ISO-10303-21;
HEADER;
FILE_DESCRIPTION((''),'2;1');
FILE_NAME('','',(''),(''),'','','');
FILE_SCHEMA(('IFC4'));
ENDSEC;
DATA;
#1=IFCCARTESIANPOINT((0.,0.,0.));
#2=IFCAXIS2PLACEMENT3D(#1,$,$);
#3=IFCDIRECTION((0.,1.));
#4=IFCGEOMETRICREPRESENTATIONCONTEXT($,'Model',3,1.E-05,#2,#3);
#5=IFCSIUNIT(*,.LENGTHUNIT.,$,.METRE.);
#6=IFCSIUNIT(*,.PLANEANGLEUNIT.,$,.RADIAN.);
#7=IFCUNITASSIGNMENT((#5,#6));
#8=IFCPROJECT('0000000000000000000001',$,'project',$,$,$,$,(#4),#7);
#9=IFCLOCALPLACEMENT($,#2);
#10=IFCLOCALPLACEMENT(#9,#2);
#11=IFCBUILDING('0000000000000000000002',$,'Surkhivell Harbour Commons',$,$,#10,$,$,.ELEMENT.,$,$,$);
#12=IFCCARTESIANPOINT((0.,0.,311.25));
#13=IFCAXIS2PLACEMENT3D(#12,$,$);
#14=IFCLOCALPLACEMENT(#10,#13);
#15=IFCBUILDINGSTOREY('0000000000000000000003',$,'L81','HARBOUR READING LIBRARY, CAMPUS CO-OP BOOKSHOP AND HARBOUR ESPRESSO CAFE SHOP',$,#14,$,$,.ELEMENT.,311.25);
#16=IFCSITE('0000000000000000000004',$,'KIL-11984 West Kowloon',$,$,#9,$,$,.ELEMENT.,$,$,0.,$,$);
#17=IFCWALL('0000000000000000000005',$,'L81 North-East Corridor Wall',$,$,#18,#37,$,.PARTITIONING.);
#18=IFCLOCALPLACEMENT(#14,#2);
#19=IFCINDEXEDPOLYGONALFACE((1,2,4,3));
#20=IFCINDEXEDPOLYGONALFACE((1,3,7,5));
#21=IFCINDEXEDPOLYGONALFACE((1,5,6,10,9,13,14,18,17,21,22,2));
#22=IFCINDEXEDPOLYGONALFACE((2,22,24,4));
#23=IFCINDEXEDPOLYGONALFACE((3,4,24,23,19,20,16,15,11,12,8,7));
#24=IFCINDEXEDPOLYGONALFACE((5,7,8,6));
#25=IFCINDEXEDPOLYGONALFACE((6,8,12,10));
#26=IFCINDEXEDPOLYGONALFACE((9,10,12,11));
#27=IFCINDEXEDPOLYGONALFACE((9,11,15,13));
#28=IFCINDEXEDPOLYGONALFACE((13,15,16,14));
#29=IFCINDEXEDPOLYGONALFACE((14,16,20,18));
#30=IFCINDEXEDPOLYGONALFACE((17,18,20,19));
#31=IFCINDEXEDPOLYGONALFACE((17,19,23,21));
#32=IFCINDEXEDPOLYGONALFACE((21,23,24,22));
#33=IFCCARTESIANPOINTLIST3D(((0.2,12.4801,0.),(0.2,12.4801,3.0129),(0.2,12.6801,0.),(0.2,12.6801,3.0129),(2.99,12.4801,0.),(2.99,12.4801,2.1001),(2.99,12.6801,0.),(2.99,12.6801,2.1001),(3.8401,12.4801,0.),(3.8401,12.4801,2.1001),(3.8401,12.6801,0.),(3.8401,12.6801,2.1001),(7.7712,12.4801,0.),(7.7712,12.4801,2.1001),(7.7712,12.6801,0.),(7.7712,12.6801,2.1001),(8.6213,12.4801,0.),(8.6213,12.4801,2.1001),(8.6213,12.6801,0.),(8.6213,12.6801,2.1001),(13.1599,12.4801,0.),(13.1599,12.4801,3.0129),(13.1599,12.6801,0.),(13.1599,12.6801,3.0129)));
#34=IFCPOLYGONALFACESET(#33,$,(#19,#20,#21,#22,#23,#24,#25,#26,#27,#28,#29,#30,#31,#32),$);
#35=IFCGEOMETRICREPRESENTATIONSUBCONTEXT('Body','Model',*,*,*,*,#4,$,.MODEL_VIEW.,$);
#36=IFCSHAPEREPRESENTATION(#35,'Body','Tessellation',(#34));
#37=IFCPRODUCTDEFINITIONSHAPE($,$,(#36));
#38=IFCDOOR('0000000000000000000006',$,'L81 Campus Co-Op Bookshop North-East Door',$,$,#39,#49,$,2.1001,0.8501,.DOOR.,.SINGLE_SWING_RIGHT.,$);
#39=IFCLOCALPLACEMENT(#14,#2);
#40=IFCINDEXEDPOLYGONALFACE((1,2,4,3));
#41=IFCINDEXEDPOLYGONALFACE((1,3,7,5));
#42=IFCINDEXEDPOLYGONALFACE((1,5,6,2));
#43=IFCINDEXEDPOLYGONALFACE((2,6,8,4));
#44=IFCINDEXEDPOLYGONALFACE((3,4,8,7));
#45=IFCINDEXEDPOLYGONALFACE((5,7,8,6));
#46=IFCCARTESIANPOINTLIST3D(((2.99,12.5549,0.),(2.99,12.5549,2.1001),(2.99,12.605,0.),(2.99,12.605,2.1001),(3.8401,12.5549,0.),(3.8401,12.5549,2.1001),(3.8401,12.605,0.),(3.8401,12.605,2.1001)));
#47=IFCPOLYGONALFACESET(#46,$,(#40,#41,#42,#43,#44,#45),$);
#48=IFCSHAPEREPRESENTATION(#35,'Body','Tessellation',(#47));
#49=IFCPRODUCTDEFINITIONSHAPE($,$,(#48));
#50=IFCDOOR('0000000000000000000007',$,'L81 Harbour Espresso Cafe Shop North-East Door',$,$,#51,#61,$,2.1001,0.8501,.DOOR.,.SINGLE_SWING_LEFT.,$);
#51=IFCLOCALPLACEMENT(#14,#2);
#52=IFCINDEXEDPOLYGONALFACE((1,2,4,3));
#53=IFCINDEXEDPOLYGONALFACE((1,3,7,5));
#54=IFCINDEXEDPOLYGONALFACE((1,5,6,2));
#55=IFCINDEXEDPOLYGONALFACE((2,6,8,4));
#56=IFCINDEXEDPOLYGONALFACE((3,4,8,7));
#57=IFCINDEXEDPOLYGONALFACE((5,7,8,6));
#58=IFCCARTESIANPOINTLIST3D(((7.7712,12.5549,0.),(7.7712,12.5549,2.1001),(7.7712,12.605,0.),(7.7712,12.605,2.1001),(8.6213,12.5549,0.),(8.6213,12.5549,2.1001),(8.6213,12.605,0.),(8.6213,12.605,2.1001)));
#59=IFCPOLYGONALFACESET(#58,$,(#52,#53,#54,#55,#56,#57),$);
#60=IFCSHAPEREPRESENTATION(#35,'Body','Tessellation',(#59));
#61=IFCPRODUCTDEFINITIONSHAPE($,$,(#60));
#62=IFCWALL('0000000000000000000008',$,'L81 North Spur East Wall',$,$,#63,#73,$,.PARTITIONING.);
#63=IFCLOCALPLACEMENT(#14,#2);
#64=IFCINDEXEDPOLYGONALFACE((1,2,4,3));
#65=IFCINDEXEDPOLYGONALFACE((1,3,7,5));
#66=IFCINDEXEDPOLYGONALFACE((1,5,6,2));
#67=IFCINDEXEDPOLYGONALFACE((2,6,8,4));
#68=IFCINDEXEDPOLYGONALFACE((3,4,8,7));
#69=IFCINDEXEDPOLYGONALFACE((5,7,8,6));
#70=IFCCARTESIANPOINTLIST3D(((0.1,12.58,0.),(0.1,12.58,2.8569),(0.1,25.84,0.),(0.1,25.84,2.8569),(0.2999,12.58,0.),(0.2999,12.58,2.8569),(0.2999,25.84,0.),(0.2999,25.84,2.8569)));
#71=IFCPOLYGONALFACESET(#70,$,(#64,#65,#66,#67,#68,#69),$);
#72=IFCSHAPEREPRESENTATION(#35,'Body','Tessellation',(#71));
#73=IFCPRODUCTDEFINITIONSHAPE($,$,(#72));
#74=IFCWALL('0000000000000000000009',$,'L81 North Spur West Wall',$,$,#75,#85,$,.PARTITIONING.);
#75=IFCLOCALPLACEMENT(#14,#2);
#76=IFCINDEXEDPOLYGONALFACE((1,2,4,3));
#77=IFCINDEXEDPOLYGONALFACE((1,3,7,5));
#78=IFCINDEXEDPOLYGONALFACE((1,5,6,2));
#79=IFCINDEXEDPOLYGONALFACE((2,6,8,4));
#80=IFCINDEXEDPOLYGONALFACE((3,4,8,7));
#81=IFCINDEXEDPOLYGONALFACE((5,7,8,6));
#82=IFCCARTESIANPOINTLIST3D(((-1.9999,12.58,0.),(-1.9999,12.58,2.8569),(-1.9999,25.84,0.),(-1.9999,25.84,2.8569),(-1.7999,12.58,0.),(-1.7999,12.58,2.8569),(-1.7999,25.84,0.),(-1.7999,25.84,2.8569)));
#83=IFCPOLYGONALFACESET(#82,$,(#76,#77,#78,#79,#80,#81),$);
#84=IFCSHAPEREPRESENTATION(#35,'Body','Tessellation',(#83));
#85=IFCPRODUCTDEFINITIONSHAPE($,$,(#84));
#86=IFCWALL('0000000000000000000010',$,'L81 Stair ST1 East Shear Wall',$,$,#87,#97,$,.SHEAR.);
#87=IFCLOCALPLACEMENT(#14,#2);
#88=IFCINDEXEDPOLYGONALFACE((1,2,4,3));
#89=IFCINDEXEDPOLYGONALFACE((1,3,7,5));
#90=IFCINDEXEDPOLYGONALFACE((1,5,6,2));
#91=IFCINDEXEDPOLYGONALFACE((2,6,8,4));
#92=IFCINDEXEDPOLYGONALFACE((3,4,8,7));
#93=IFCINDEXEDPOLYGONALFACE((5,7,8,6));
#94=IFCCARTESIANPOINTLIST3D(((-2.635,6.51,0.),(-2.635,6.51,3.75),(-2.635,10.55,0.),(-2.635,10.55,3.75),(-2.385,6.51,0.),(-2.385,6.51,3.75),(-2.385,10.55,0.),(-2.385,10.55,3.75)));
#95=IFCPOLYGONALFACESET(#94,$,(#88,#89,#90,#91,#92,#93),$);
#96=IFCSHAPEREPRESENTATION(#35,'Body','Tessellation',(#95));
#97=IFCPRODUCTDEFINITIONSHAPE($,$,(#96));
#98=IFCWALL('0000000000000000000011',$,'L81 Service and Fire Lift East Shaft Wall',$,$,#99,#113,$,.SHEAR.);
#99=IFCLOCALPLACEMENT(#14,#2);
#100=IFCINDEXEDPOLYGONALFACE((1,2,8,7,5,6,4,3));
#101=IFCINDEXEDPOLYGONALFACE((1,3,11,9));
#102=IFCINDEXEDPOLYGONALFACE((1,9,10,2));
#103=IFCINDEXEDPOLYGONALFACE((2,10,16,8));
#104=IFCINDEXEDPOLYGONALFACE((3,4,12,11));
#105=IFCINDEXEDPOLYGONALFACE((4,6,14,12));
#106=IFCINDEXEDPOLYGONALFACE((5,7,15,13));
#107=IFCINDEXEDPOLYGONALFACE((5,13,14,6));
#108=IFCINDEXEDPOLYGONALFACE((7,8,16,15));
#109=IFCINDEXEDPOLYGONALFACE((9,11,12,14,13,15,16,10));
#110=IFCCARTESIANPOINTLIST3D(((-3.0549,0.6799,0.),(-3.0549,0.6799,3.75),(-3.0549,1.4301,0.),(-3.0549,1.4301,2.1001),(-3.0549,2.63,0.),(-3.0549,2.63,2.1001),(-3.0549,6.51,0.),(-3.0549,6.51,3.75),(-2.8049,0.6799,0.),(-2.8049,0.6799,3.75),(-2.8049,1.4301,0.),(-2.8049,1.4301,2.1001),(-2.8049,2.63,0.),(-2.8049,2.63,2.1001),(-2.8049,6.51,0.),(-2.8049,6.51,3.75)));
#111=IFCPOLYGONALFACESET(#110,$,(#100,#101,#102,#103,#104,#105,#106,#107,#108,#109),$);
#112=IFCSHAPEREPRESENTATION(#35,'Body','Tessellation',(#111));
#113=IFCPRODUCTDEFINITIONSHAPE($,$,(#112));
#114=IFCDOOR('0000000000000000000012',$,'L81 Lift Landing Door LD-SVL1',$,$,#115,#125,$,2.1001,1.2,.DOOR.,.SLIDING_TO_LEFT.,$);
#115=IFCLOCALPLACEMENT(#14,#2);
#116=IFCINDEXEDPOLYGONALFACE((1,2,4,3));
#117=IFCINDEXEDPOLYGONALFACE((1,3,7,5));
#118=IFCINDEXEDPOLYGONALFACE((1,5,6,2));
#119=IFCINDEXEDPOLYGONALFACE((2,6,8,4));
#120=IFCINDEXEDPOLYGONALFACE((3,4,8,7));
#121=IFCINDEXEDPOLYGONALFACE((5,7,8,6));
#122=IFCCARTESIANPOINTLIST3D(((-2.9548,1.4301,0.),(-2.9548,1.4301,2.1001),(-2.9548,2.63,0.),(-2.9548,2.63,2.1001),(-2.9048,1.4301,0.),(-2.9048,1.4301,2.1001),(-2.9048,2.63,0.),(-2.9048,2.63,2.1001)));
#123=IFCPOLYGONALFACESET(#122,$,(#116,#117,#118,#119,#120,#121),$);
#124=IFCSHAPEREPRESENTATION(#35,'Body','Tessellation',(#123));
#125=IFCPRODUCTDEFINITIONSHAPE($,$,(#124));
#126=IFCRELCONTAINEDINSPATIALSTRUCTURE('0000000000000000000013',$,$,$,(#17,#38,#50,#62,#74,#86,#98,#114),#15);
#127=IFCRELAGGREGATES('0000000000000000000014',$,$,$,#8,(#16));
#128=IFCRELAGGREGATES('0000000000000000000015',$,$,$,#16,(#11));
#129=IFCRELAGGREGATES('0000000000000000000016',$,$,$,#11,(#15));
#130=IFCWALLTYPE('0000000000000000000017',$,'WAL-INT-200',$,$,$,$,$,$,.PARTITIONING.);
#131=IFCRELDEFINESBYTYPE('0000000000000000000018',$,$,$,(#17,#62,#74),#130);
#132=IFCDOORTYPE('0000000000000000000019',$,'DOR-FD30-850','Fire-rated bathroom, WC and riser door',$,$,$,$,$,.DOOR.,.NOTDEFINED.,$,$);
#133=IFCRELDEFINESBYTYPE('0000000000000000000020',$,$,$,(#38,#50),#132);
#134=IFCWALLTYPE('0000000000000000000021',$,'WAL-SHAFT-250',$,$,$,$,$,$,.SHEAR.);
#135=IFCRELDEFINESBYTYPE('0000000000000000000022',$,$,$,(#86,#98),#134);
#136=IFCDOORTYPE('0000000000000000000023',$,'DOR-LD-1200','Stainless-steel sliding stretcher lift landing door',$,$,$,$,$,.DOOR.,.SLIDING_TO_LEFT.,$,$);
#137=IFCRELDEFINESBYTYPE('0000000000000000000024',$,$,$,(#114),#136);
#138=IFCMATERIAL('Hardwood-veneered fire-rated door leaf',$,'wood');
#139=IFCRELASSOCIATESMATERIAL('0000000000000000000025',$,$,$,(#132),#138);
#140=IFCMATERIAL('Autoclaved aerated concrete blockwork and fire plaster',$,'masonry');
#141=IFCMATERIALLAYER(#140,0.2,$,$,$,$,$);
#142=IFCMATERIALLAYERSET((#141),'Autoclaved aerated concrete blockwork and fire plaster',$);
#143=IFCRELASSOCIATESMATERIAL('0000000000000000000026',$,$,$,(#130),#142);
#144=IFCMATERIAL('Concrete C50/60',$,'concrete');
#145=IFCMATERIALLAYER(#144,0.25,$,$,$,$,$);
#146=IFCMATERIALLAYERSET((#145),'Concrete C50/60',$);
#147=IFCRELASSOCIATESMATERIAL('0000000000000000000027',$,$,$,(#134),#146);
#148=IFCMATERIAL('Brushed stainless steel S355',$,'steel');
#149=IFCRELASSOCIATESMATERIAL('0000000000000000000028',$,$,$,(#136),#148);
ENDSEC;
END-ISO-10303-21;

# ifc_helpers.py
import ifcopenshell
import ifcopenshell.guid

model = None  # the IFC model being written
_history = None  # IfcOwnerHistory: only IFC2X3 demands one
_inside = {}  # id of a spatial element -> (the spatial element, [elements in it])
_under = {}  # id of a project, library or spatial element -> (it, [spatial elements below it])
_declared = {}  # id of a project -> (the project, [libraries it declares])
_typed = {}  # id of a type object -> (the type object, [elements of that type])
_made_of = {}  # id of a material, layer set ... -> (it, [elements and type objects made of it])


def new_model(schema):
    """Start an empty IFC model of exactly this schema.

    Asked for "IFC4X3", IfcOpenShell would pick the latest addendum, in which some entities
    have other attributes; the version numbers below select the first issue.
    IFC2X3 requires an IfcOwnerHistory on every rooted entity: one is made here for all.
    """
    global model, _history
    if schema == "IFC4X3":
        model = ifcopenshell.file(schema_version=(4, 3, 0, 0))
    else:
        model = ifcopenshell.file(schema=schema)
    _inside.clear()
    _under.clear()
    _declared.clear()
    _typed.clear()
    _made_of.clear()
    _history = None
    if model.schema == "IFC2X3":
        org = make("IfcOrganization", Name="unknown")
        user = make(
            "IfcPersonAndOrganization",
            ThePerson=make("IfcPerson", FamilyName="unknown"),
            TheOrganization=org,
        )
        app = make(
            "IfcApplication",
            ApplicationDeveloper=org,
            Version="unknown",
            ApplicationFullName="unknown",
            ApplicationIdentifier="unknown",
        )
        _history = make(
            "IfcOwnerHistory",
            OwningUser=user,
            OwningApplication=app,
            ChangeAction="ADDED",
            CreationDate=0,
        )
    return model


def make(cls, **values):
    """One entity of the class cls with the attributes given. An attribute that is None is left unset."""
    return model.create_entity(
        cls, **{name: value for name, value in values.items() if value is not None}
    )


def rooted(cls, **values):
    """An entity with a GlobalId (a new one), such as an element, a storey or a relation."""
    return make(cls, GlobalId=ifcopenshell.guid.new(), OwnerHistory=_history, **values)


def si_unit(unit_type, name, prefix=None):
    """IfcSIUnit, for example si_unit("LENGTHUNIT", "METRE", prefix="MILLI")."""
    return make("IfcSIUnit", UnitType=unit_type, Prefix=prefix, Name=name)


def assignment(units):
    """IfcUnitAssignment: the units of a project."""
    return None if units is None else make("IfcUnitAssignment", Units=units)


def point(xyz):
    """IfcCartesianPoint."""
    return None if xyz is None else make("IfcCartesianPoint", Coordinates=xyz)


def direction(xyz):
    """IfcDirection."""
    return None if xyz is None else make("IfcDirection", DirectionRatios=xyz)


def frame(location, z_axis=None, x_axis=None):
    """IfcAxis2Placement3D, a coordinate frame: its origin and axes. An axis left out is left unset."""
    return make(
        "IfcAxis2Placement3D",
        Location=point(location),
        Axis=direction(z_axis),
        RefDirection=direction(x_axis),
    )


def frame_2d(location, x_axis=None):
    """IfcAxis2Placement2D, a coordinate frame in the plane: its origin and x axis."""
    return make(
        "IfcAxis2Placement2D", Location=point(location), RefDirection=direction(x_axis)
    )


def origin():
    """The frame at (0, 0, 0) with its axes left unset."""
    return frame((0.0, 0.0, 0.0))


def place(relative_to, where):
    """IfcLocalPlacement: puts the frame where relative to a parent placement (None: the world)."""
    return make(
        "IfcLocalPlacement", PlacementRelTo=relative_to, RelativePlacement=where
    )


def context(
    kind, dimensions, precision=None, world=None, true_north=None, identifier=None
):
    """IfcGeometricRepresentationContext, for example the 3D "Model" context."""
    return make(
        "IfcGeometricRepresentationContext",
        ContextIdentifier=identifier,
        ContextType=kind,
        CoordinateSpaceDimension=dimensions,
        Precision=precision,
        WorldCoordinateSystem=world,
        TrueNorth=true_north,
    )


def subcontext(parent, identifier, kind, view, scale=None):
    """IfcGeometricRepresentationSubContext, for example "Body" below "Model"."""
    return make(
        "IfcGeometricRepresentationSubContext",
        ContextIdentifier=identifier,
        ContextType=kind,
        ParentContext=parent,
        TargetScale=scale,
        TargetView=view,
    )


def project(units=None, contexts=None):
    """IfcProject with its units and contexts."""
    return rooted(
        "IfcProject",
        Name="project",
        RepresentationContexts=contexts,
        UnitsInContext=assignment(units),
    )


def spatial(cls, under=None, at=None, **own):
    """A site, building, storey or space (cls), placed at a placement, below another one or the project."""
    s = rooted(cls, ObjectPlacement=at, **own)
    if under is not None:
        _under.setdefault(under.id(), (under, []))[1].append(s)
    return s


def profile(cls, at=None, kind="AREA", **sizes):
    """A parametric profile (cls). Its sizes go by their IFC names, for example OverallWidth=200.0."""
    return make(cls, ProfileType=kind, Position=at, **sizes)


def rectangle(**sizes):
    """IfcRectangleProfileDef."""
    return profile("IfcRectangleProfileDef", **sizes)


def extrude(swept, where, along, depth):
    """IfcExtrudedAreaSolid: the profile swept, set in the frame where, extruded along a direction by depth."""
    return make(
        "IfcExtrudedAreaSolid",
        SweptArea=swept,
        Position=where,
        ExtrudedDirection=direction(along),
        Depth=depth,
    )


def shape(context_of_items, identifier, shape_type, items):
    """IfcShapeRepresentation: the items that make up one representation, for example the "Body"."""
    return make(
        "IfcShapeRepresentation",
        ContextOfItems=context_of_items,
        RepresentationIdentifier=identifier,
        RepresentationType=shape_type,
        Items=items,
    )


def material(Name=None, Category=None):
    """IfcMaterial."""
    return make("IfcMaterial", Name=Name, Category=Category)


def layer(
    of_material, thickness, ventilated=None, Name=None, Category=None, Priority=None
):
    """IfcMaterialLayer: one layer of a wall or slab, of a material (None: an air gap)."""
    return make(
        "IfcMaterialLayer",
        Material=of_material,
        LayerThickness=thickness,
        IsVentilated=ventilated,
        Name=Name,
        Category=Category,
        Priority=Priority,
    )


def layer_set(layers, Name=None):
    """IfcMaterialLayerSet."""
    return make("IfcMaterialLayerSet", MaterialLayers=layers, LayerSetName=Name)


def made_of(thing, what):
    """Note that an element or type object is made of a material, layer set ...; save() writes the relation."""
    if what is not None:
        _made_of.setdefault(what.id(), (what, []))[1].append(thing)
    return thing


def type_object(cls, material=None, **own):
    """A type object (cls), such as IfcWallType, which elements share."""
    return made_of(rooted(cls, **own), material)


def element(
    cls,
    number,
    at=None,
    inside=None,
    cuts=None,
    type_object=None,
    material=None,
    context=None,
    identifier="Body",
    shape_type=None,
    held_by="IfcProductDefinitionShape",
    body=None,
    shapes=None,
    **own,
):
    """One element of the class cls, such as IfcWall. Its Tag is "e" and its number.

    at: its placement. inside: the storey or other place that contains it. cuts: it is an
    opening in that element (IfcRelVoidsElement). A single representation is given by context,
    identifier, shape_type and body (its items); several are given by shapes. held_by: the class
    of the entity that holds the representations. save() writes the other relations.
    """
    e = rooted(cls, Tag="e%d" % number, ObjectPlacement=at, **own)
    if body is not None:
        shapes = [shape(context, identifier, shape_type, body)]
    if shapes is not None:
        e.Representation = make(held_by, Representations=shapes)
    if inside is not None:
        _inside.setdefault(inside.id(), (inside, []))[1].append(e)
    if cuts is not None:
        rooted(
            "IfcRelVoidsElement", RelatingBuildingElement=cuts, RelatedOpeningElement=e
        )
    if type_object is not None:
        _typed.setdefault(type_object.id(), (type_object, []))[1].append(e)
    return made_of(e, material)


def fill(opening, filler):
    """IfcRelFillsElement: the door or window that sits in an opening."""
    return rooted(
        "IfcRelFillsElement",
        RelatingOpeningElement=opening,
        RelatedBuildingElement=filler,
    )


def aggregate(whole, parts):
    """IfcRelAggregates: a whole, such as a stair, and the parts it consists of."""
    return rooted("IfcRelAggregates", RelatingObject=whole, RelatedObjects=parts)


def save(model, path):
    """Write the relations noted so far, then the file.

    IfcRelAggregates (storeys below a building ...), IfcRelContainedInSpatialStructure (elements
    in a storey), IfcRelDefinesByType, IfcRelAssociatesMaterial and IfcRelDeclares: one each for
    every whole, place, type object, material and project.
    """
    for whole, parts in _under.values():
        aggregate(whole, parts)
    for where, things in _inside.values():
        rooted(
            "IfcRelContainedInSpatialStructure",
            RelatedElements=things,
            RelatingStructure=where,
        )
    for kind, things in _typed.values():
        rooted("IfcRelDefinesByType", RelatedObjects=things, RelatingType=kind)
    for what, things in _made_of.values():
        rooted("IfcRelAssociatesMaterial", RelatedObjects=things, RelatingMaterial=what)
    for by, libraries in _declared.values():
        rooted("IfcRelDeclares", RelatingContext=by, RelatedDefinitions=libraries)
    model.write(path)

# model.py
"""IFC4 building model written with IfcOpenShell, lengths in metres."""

from ifc_helpers import new_model, si_unit, direction, frame, frame_2d, origin, place, context, subcontext, project, spatial, rectangle, extrude, material, layer, layer_set, type_object, element, fill, save


model = new_model("IFC4")

# Units and contexts
model_context = context("Model", 3, precision=1e-05, world=origin(), true_north=direction((0.0, 1.0)))
body_context = subcontext(model_context, "Body", "Model", "MODEL_VIEW")
ifc_project = project(units=[si_unit("LENGTHUNIT", "METRE"), si_unit("PLANEANGLEUNIT", "RADIAN")], contexts=[model_context])

# Site, building, storey
site_placement = place(None, origin())
site = spatial("IfcSite", under=ifc_project, at=site_placement, Name="KIL-11984 West Kowloon", CompositionType="ELEMENT", RefElevation=0.0)
building_placement = place(site_placement, origin())
building = spatial("IfcBuilding", under=site, at=building_placement, Name="Surkhivell Harbour Commons", CompositionType="ELEMENT")
storey_placement = place(building_placement, frame((0.0, 0.0, 311.25)))
storey = spatial("IfcBuildingStorey", under=building, at=storey_placement, Name="L81", Description="HARBOUR READING LIBRARY, CAMPUS CO-OP BOOKSHOP AND HARBOUR ESPRESSO CAFE SHOP", CompositionType="ELEMENT", Elevation=311.25)

# Shared definitions
ifc_material_1 = material(Name="Concrete C50/60", Category="concrete")
ifc_material_2 = material(Name="Hardwood-veneered fire-rated door leaf", Category="wood")

# Shared definitions
door_type_1 = type_object("IfcDoorType", Name="DOR-FD30-850", Description="Fire-rated bathroom, WC and riser door", OperationType="NOTDEFINED", PredefinedType="DOOR", material=ifc_material_2)

# Shared definitions
ifc_material_3 = material(Name="Autoclaved aerated concrete blockwork and fire plaster", Category="masonry")
ifc_layer_1 = layer(ifc_material_3, 0.2)
ifc_layer_set_1 = layer_set([ifc_layer_1], Name="Autoclaved aerated concrete blockwork and fire plaster")
wall_type_1 = type_object("IfcWallType", Name="WAL-INT-200", PredefinedType="PARTITIONING", material=ifc_layer_set_1)

# Wall, openings, doors
wall_1_placement = place(storey_placement, frame((0.2, 12.5801, 0.0), z_axis=(0.0, 0.0, 1.0), x_axis=(1.0, 0.0, 0.0)))
wall_1 = element("IfcWall", 1, at=wall_1_placement, inside=storey, type_object=wall_type_1, Name="L81 North-East Corridor Wall", PredefinedType="PARTITIONING", context=body_context, shape_type="SweptSolid", body=[
    extrude(rectangle(XDim=12.96, YDim=0.2, at=frame_2d((6.48, 0.0))), origin(), (0.0, 0.0, 1.0), 3.0129),
])
opening_1_placement = place(wall_1_placement, frame((2.79, 0.0, 0.0)))
opening_1 = element("IfcOpeningElement", 2, at=opening_1_placement, cuts=wall_1, PredefinedType="OPENING", context=body_context, shape_type="SweptSolid", body=[
    extrude(rectangle(XDim=0.8501, YDim=2.1001, at=frame_2d((0.425, 1.05))), frame((0.0, 0.1099, 0.0), z_axis=(0.0, -1.0, 0.0), x_axis=(1.0, 0.0, 0.0)), (0.0, 0.0, 1.0), 0.22),
])
opening_2_placement = place(wall_1_placement, frame((7.5713, 0.0, 0.0)))
opening_2 = element("IfcOpeningElement", 3, at=opening_2_placement, cuts=wall_1, PredefinedType="OPENING", context=body_context, shape_type="SweptSolid", body=[
    extrude(rectangle(XDim=0.8501, YDim=2.1001, at=frame_2d((0.425, 1.05))), frame((0.0, 0.1099, 0.0), z_axis=(0.0, -1.0, 0.0), x_axis=(1.0, 0.0, 0.0)), (0.0, 0.0, 1.0), 0.22),
])
door_1_placement = place(opening_1_placement, origin())
door_1 = element("IfcDoor", 4, at=door_1_placement, inside=storey, type_object=door_type_1, Name="L81 Campus Co-Op Bookshop North-East Door", OperationType="SINGLE_SWING_RIGHT", OverallHeight=2.1001, OverallWidth=0.8501, PredefinedType="DOOR", context=body_context, shape_type="SweptSolid", body=[
    extrude(rectangle(XDim=0.8501, YDim=2.1001, at=frame_2d((0.425, 1.05))), frame((0.0, 0.0249, 0.0), z_axis=(0.0, -1.0, 0.0), x_axis=(1.0, 0.0, 0.0)), (0.0, 0.0, 1.0), 0.05),
])
fill(opening_1, door_1)
door_2_placement = place(opening_2_placement, origin())
door_2 = element("IfcDoor", 5, at=door_2_placement, inside=storey, type_object=door_type_1, Name="L81 Harbour Espresso Cafe Shop North-East Door", OperationType="SINGLE_SWING_LEFT", OverallHeight=2.1001, OverallWidth=0.8501, PredefinedType="DOOR", context=body_context, shape_type="SweptSolid", body=[
    extrude(rectangle(XDim=0.8501, YDim=2.1001, at=frame_2d((0.425, 1.05))), frame((0.0, 0.0249, 0.0), z_axis=(0.0, -1.0, 0.0), x_axis=(1.0, 0.0, 0.0)), (0.0, 0.0, 1.0), 0.05),
])
fill(opening_2, door_2)

# Walls
for number, where, z_axis, x_axis, name in (
    (6, (0.2, 12.5801, 0.0), (0.0, 0.0, 1.0), (0.0, 1.0, 0.0), "L81 North Spur East Wall"),
    (7, (-1.8999, 12.5801, 0.0), (0.0, 0.0, 1.0), (0.0, 1.0, 0.0), "L81 North Spur West Wall"),
):
    element("IfcWall", number, at=place(storey_placement, frame(where, z_axis=z_axis, x_axis=x_axis)), inside=storey, type_object=wall_type_1, Name=name, PredefinedType="PARTITIONING", context=body_context, shape_type="SweptSolid", body=[
        extrude(rectangle(XDim=13.26, YDim=0.2, at=frame_2d((6.6299, 0.0))), origin(), (0.0, 0.0, 1.0), 2.8569),
    ])
ifc_layer_2 = layer(ifc_material_1, 0.25)
ifc_layer_set_2 = layer_set([ifc_layer_2], Name="Concrete C50/60")
wall_type_2 = type_object("IfcWallType", Name="WAL-SHAFT-250", PredefinedType="SHEAR", material=ifc_layer_set_2)
wall_2_placement = place(storey_placement, frame((-2.51, 6.51, 0.0), z_axis=(0.0, 0.0, 1.0), x_axis=(0.0, 1.0, 0.0)))
element("IfcWall", 8, at=wall_2_placement, inside=storey, type_object=wall_type_2, Name="L81 Stair ST1 East Shear Wall", PredefinedType="SHEAR", context=body_context, shape_type="SweptSolid", body=[
    extrude(rectangle(XDim=4.04, YDim=0.25, at=frame_2d((2.02, 0.0))), origin(), (0.0, 0.0, 1.0), 3.75),
])

# Wall, opening, door
wall_3_placement = place(storey_placement, frame((-2.9299, 0.6799, 0.0), z_axis=(0.0, 0.0, 1.0), x_axis=(0.0, 1.0, 0.0)))
wall_3 = element("IfcWall", 9, at=wall_3_placement, inside=storey, type_object=wall_type_2, Name="L81 Service and Fire Lift East Shaft Wall", PredefinedType="SHEAR", context=body_context, shape_type="SweptSolid", body=[
    extrude(rectangle(XDim=5.8301, YDim=0.25, at=frame_2d((2.915, 0.0))), origin(), (0.0, 0.0, 1.0), 3.75),
])
opening_3_placement = place(wall_3_placement, frame((0.75, 0.0, 0.0)))
opening_3 = element("IfcOpeningElement", 10, at=opening_3_placement, cuts=wall_3, PredefinedType="OPENING", context=body_context, shape_type="SweptSolid", body=[
    extrude(rectangle(XDim=1.2, YDim=2.1001, at=frame_2d((0.6001, 1.05))), frame((0.0, 0.135, 0.0), z_axis=(0.0, -1.0, 0.0), x_axis=(1.0, 0.0, 0.0)), (0.0, 0.0, 1.0), 0.27),
])
ifc_material_4 = material(Name="Brushed stainless steel S355", Category="steel")
door_type_2 = type_object("IfcDoorType", Name="DOR-LD-1200", Description="Stainless-steel sliding stretcher lift landing door", OperationType="SLIDING_TO_LEFT", PredefinedType="DOOR", material=ifc_material_4)
door_3_placement = place(opening_3_placement, origin())
door_3 = element("IfcDoor", 11, at=door_3_placement, inside=storey, type_object=door_type_2, Name="L81 Lift Landing Door LD-SVL1", OperationType="SLIDING_TO_LEFT", OverallHeight=2.1001, OverallWidth=1.2, PredefinedType="DOOR", context=body_context, shape_type="SweptSolid", body=[
    extrude(rectangle(XDim=1.2, YDim=2.1001, at=frame_2d((0.6001, 1.05))), frame((0.0, 0.0249, 0.0), z_axis=(0.0, -1.0, 0.0), x_axis=(1.0, 0.0, 0.0)), (0.0, 0.0, 1.0), 0.05),
])
fill(opening_3, door_3)

save(model, "model.ifc")
